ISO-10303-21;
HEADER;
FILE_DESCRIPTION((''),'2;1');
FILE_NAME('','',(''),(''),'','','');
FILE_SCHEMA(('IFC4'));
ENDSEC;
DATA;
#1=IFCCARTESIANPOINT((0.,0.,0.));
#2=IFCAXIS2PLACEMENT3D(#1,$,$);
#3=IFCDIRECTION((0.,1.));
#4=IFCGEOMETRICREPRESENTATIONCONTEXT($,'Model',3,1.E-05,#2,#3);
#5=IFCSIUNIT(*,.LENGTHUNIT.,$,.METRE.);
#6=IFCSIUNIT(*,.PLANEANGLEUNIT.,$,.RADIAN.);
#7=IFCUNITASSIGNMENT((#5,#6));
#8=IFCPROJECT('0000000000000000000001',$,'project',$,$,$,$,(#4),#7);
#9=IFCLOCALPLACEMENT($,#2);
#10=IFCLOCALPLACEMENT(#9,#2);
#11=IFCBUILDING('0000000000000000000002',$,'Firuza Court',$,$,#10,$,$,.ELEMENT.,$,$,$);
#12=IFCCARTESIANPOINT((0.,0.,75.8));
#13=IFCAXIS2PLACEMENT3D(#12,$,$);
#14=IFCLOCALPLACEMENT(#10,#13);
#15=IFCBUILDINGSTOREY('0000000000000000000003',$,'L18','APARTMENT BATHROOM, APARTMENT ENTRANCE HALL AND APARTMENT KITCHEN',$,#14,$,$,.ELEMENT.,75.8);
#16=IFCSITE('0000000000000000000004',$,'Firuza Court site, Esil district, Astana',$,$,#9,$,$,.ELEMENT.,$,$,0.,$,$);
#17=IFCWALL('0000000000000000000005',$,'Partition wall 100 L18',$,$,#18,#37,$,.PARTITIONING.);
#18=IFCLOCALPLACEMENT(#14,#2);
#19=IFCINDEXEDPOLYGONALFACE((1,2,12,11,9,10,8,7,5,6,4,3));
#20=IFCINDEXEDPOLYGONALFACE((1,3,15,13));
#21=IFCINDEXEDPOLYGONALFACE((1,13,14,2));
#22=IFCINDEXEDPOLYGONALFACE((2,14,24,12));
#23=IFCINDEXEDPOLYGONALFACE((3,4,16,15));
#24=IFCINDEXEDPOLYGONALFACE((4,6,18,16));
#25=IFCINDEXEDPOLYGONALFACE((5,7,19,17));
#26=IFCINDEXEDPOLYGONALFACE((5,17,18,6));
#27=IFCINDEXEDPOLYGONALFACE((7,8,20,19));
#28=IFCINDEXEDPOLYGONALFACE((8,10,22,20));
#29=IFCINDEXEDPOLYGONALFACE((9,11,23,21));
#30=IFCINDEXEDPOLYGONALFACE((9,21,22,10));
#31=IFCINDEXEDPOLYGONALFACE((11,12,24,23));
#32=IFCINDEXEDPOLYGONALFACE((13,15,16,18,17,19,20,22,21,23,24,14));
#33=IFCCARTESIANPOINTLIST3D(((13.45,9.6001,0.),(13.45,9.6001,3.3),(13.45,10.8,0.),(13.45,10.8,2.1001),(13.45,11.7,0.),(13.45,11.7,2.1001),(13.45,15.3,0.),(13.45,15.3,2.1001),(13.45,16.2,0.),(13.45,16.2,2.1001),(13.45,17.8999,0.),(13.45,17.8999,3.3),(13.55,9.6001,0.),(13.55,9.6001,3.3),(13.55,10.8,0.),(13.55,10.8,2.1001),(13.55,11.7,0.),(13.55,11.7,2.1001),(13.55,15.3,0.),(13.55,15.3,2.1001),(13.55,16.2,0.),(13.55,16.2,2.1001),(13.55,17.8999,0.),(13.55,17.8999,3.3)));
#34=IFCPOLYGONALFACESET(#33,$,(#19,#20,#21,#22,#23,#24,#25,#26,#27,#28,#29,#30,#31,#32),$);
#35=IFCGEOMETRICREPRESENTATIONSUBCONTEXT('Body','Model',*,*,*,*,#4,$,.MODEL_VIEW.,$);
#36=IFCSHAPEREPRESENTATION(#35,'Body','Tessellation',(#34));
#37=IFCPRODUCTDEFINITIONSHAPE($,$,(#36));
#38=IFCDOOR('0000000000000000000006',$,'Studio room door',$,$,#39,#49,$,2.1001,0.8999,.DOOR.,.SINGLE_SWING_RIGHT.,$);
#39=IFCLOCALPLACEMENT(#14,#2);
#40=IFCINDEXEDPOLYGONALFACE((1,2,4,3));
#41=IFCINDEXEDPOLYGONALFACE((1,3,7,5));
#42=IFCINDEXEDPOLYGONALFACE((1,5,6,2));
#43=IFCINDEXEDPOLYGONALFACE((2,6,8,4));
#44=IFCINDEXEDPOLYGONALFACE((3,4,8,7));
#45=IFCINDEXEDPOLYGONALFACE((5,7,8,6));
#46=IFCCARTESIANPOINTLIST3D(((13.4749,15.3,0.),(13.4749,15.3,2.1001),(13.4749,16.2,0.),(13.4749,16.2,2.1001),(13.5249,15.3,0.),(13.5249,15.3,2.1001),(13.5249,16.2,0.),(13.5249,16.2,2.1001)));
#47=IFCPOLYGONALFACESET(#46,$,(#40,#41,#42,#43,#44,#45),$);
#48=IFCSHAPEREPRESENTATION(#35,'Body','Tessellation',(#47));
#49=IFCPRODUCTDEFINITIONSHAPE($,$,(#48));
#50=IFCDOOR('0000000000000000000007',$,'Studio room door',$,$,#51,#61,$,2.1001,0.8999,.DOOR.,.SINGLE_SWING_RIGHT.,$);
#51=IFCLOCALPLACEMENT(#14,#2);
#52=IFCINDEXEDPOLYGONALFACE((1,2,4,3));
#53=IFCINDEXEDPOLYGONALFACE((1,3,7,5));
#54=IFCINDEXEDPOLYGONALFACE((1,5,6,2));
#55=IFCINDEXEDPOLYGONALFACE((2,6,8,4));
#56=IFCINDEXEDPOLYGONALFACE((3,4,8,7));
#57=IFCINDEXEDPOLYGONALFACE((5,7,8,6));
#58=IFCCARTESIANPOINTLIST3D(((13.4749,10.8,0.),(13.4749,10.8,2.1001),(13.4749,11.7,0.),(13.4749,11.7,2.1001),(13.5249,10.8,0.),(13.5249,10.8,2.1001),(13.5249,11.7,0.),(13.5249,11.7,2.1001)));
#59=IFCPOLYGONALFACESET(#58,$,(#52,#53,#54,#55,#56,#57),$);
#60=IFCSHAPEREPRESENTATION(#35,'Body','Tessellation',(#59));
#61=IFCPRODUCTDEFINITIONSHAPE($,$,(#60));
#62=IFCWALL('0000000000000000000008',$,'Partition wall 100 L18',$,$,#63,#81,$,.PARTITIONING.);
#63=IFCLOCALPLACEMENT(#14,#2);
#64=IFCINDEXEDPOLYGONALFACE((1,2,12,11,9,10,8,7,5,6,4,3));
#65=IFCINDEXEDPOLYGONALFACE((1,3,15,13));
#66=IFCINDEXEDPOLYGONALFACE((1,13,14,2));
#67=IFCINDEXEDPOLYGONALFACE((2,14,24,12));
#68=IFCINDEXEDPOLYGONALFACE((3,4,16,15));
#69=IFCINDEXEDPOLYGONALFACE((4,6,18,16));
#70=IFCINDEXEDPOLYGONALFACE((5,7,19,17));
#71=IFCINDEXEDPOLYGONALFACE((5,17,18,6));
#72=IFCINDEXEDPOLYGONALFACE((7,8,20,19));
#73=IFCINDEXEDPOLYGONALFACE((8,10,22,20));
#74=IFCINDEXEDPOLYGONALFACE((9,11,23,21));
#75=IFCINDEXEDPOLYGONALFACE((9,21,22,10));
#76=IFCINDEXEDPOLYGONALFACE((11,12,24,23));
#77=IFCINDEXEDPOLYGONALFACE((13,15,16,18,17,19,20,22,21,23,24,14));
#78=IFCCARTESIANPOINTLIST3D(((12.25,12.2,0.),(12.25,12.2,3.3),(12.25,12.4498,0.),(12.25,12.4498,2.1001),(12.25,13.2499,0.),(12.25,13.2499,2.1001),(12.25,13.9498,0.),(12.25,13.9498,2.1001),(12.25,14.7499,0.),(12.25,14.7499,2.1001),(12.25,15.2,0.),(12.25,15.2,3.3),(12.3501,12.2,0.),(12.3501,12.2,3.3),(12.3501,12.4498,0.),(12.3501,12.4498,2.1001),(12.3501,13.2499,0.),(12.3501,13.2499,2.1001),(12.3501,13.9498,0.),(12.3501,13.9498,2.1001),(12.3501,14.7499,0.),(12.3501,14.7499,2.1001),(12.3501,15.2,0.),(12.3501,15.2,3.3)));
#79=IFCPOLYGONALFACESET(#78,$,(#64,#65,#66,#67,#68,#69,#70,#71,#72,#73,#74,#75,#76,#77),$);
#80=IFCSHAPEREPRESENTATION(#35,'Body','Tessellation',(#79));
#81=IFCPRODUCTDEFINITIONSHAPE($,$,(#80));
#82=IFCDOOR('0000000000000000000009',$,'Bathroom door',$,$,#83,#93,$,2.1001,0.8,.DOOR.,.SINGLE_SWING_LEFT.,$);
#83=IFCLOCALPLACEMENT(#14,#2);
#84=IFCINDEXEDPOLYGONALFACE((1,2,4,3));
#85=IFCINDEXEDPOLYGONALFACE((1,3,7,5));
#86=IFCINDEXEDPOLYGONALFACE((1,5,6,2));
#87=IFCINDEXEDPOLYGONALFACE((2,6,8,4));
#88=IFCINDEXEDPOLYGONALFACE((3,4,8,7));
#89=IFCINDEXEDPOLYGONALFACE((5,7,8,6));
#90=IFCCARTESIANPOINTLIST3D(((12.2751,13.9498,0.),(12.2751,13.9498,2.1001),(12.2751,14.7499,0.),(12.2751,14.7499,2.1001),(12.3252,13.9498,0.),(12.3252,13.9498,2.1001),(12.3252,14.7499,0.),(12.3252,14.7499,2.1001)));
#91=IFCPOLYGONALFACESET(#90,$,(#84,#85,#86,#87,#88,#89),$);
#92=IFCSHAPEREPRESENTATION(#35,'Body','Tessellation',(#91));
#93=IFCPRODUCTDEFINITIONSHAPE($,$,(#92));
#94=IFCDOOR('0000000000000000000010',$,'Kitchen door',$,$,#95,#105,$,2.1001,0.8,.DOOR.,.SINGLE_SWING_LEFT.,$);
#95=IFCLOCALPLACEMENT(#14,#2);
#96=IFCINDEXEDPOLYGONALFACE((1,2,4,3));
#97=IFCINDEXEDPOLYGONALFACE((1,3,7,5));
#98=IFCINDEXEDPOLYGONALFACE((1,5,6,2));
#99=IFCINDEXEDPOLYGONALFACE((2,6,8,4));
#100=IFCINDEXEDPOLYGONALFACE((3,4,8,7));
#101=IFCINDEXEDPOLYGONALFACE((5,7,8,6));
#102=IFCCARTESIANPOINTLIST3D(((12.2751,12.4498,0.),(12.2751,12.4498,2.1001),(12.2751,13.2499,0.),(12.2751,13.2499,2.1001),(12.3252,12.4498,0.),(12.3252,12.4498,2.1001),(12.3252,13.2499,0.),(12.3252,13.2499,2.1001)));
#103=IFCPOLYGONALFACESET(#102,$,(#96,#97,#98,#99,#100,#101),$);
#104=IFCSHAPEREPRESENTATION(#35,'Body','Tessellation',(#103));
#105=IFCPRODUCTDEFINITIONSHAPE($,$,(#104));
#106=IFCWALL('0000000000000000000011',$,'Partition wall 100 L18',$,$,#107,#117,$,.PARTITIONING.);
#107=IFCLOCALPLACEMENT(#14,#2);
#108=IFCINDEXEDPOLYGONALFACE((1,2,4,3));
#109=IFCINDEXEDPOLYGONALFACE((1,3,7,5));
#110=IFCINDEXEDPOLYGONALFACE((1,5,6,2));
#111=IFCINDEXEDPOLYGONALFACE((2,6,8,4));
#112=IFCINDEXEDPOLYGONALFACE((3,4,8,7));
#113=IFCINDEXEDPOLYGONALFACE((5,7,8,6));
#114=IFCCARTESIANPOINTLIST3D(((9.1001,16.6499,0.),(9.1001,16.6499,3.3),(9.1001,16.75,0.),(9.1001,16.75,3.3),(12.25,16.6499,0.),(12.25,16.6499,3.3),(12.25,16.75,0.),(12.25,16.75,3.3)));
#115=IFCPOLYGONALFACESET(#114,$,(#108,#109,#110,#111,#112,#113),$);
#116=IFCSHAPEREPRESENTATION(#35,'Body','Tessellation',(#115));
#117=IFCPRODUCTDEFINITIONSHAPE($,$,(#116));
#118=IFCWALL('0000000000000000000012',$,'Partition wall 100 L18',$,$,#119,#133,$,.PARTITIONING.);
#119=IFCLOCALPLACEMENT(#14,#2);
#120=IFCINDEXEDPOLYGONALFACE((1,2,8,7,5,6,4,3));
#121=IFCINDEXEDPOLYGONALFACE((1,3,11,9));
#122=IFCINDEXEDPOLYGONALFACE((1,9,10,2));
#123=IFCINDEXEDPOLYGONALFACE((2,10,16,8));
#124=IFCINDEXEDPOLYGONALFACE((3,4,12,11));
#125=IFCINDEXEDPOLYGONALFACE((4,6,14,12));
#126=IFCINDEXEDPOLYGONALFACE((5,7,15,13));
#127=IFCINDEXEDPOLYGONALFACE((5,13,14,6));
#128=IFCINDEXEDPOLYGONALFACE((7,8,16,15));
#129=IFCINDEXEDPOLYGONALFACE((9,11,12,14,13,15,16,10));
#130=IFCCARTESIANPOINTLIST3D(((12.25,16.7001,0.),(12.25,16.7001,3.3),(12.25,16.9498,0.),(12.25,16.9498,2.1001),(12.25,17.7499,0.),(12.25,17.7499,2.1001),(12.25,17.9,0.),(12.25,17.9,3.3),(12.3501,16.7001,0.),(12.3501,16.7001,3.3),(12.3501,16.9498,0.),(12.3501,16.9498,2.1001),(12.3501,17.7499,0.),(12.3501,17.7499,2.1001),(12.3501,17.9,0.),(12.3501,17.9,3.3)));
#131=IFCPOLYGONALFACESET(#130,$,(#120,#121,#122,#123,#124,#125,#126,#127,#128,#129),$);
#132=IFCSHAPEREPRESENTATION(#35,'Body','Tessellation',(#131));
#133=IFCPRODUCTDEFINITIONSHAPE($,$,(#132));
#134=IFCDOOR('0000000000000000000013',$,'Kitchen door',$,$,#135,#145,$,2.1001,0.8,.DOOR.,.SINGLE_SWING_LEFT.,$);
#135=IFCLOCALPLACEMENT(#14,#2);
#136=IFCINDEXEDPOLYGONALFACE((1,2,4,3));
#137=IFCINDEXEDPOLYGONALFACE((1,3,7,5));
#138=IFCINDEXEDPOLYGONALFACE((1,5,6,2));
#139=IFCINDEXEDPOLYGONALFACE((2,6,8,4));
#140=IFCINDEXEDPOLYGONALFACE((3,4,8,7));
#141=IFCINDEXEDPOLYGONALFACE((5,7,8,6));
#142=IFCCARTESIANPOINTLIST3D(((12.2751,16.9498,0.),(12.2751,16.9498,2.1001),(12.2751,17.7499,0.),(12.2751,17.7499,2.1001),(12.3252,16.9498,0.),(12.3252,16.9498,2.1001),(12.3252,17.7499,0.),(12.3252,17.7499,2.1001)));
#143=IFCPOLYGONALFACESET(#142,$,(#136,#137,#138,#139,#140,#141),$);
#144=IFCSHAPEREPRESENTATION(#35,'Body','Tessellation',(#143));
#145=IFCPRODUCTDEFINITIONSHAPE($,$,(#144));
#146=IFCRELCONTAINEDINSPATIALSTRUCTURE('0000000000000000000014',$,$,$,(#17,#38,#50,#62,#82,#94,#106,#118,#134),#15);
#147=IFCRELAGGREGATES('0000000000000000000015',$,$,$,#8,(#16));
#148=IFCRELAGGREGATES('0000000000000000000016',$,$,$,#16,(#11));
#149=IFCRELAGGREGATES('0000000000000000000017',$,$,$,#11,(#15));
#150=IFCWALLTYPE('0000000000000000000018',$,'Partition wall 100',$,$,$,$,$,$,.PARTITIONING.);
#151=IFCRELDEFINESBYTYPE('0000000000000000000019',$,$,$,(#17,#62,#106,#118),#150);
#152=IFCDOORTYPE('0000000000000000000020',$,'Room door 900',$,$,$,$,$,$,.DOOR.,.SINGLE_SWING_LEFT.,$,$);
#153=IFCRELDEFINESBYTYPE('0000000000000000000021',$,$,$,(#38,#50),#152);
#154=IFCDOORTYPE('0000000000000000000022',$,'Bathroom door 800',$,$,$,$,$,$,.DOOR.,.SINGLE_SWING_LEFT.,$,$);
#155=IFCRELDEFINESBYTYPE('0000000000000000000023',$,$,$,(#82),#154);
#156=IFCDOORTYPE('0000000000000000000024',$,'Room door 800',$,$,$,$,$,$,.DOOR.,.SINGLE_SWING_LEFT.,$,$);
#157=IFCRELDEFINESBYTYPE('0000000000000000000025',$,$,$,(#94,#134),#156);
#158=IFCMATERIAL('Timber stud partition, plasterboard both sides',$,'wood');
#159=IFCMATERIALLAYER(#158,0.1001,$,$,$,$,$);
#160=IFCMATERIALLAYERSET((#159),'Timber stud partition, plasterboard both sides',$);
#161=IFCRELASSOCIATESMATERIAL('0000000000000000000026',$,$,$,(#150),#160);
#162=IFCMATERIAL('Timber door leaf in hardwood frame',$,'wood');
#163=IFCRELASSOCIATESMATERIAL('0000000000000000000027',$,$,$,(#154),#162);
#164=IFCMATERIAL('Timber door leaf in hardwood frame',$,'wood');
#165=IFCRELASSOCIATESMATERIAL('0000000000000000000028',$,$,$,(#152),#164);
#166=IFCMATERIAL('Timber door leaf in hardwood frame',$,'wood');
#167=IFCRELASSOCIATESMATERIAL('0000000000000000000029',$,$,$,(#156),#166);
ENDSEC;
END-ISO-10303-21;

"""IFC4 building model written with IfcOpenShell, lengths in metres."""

from ifc_helpers import new_model, si_unit, direction, frame, frame_2d, origin, place, context, subcontext, project, spatial, rectangle, extrude, material, layer, layer_set, type_object, element, fill, save


model = new_model("IFC4")

# Units and contexts
model_context = context("Model", 3, precision=1e-05, world=origin(), true_north=direction((0.0, 1.0)))
body_context = subcontext(model_context, "Body", "Model", "MODEL_VIEW")
ifc_project = project(units=[si_unit("LENGTHUNIT", "METRE"), si_unit("PLANEANGLEUNIT", "RADIAN")], contexts=[model_context])

# Site, building, storey
site_placement = place(None, origin())
site = spatial("IfcSite", under=ifc_project, at=site_placement, Name="Firuza Court site, Esil district, Astana", CompositionType="ELEMENT", RefElevation=0.0)
building_placement = place(site_placement, origin())
building = spatial("IfcBuilding", under=site, at=building_placement, Name="Firuza Court", CompositionType="ELEMENT")
storey_placement = place(building_placement, frame((0.0, 0.0, 75.8)))
storey = spatial("IfcBuildingStorey", under=building, at=storey_placement, Name="L18", Description="APARTMENT BATHROOM, APARTMENT ENTRANCE HALL AND APARTMENT KITCHEN", CompositionType="ELEMENT", Elevation=75.8)

# Shared definitions
ifc_material_1 = material(Name="Timber stud partition, plasterboard both sides", Category="wood")
ifc_layer_1 = layer(ifc_material_1, 0.1001)
ifc_layer_set_1 = layer_set([ifc_layer_1], Name="Timber stud partition, plasterboard both sides")
wall_type_1 = type_object("IfcWallType", Name="Partition wall 100", PredefinedType="PARTITIONING", material=ifc_layer_set_1)
ifc_material_2 = material(Name="Timber door leaf in hardwood frame", Category="wood")
door_type_1 = type_object("IfcDoorType", Name="Bathroom door 800", OperationType="SINGLE_SWING_LEFT", PredefinedType="DOOR", material=ifc_material_2)

# Walls, openings, doors
wall_1_placement = place(storey_placement, frame((13.5, 9.6001, 0.0), z_axis=(0.0, 0.0, 1.0), x_axis=(0.0, 1.0, 0.0)))
wall_1 = element("IfcWall", 1, at=wall_1_placement, inside=storey, type_object=wall_type_1, Name="Partition wall 100 L18", PredefinedType="PARTITIONING", context=body_context, shape_type="SweptSolid", body=[
    extrude(rectangle(XDim=8.2998, YDim=0.1001, at=frame_2d((4.1499, 0.0))), origin(), (0.0, 0.0, 1.0), 3.3),
])
opening_1_placement = place(wall_1_placement, frame((5.7, 0.0, 0.0)))
opening_1 = element("IfcOpeningElement", 2, at=opening_1_placement, cuts=wall_1, PredefinedType="OPENING", context=body_context, shape_type="SweptSolid", body=[
    extrude(rectangle(XDim=0.8999, YDim=2.1001, at=frame_2d((0.45, 1.05))), frame((0.0, 0.062, 0.0), z_axis=(0.0, -1.0, 0.0), x_axis=(1.0, 0.0, 0.0)), (0.0, 0.0, 1.0), 0.124),
])
opening_2_placement = place(wall_1_placement, frame((1.2, 0.0, 0.0)))
opening_2 = element("IfcOpeningElement", 3, at=opening_2_placement, cuts=wall_1, PredefinedType="OPENING", context=body_context, shape_type="SweptSolid", body=[
    extrude(rectangle(XDim=0.8999, YDim=2.1001, at=frame_2d((0.45, 1.05))), frame((0.0, 0.062, 0.0), z_axis=(0.0, -1.0, 0.0), x_axis=(1.0, 0.0, 0.0)), (0.0, 0.0, 1.0), 0.124),
])
ifc_material_3 = material(Name="Timber door leaf in hardwood frame", Category="wood")
door_type_2 = type_object("IfcDoorType", Name="Room door 900", OperationType="SINGLE_SWING_LEFT", PredefinedType="DOOR", material=ifc_material_3)
door_1_placement = place(opening_1_placement, frame((0.8999, 0.0, 0.0), z_axis=(0.0, 0.0, 1.0), x_axis=(-1.0, 0.0, 0.0)))
door_1 = element("IfcDoor", 4, at=door_1_placement, inside=storey, type_object=door_type_2, Name="Studio room door", OperationType="SINGLE_SWING_RIGHT", OverallHeight=2.1001, OverallWidth=0.8999, PredefinedType="DOOR", context=body_context, shape_type="SweptSolid", body=[
    extrude(rectangle(XDim=0.8999, YDim=2.1001, at=frame_2d((0.45, 1.05))), frame((0.0, 0.0249, 0.0), z_axis=(0.0, -1.0, 0.0), x_axis=(1.0, 0.0, 0.0)), (0.0, 0.0, 1.0), 0.05),
])
fill(opening_1, door_1)
door_2_placement = place(opening_2_placement, frame((0.8999, 0.0, 0.0), z_axis=(0.0, 0.0, 1.0), x_axis=(-1.0, 0.0, 0.0)))
door_2 = element("IfcDoor", 5, at=door_2_placement, inside=storey, type_object=door_type_2, Name="Studio room door", OperationType="SINGLE_SWING_RIGHT", OverallHeight=2.1001, OverallWidth=0.8999, PredefinedType="DOOR", context=body_context, shape_type="SweptSolid", body=[
    extrude(rectangle(XDim=0.8999, YDim=2.1001, at=frame_2d((0.45, 1.05))), frame((0.0, 0.0249, 0.0), z_axis=(0.0, -1.0, 0.0), x_axis=(1.0, 0.0, 0.0)), (0.0, 0.0, 1.0), 0.05),
])
fill(opening_2, door_2)
wall_2_placement = place(storey_placement, frame((12.3, 12.2, 0.0), z_axis=(0.0, 0.0, 1.0), x_axis=(0.0, 1.0, 0.0)))
wall_2 = element("IfcWall", 6, at=wall_2_placement, inside=storey, type_object=wall_type_1, Name="Partition wall 100 L18", PredefinedType="PARTITIONING", context=body_context, shape_type="SweptSolid", body=[
    extrude(rectangle(XDim=3.0, YDim=0.1001, at=frame_2d((1.5, 0.0))), origin(), (0.0, 0.0, 1.0), 3.3),
])
opening_3_placement = place(wall_2_placement, frame((1.75, 0.0, 0.0)))
opening_3 = element("IfcOpeningElement", 7, at=opening_3_placement, cuts=wall_2, PredefinedType="OPENING", context=body_context, shape_type="SweptSolid", body=[
    extrude(rectangle(XDim=0.8, YDim=2.1001, at=frame_2d((0.3999, 1.05))), frame((0.0, 0.062, 0.0), z_axis=(0.0, -1.0, 0.0), x_axis=(1.0, 0.0, 0.0)), (0.0, 0.0, 1.0), 0.124),
])
opening_4_placement = place(wall_2_placement, frame((0.25, 0.0, 0.0)))
opening_4 = element("IfcOpeningElement", 8, at=opening_4_placement, cuts=wall_2, PredefinedType="OPENING", context=body_context, shape_type="SweptSolid", body=[
    extrude(rectangle(XDim=0.8, YDim=2.1001, at=frame_2d((0.3999, 1.05))), frame((0.0, 0.062, 0.0), z_axis=(0.0, -1.0, 0.0), x_axis=(1.0, 0.0, 0.0)), (0.0, 0.0, 1.0), 0.124),
])
door_3_placement = place(opening_3_placement, origin())
door_3 = element("IfcDoor", 9, at=door_3_placement, inside=storey, type_object=door_type_1, Name="Bathroom door", OperationType="SINGLE_SWING_LEFT", OverallHeight=2.1001, OverallWidth=0.8, PredefinedType="DOOR", context=body_context, shape_type="SweptSolid", body=[
    extrude(rectangle(XDim=0.8, YDim=2.1001, at=frame_2d((0.3999, 1.05))), frame((0.0, 0.0249, 0.0), z_axis=(0.0, -1.0, 0.0), x_axis=(1.0, 0.0, 0.0)), (0.0, 0.0, 1.0), 0.05),
])
fill(opening_3, door_3)
ifc_material_4 = material(Name="Timber door leaf in hardwood frame", Category="wood")
door_type_3 = type_object("IfcDoorType", Name="Room door 800", OperationType="SINGLE_SWING_LEFT", PredefinedType="DOOR", material=ifc_material_4)
door_4_placement = place(opening_4_placement, origin())
door_4 = element("IfcDoor", 10, at=door_4_placement, inside=storey, type_object=door_type_3, Name="Kitchen door", OperationType="SINGLE_SWING_LEFT", OverallHeight=2.1001, OverallWidth=0.8, PredefinedType="DOOR", context=body_context, shape_type="SweptSolid", body=[
    extrude(rectangle(XDim=0.8, YDim=2.1001, at=frame_2d((0.3999, 1.05))), frame((0.0, 0.0249, 0.0), z_axis=(0.0, -1.0, 0.0), x_axis=(1.0, 0.0, 0.0)), (0.0, 0.0, 1.0), 0.05),
])
fill(opening_4, door_4)

# Wall
wall_3_placement = place(storey_placement, frame((9.1001, 16.7, 0.0), z_axis=(0.0, 0.0, 1.0), x_axis=(1.0, 0.0, 0.0)))
element("IfcWall", 11, at=wall_3_placement, inside=storey, type_object=wall_type_1, Name="Partition wall 100 L18", PredefinedType="PARTITIONING", context=body_context, shape_type="SweptSolid", body=[
    extrude(rectangle(XDim=3.1499, YDim=0.1001, at=frame_2d((1.575, 0.0))), origin(), (0.0, 0.0, 1.0), 3.3),
])

# Wall, opening, door
wall_4_placement = place(storey_placement, frame((12.3, 16.7, 0.0), z_axis=(0.0, 0.0, 1.0), x_axis=(0.0, 1.0, 0.0)))
wall_4 = element("IfcWall", 12, at=wall_4_placement, inside=storey, type_object=wall_type_1, Name="Partition wall 100 L18", PredefinedType="PARTITIONING", context=body_context, shape_type="SweptSolid", body=[
    extrude(rectangle(XDim=1.2, YDim=0.1001, at=frame_2d((0.6001, 0.0))), origin(), (0.0, 0.0, 1.0), 3.3),
])
opening_5_placement = place(wall_4_placement, frame((0.25, 0.0, 0.0)))
opening_5 = element("IfcOpeningElement", 13, at=opening_5_placement, cuts=wall_4, PredefinedType="OPENING", context=body_context, shape_type="SweptSolid", body=[
    extrude(rectangle(XDim=0.8, YDim=2.1001, at=frame_2d((0.3999, 1.05))), frame((0.0, 0.062, 0.0), z_axis=(0.0, -1.0, 0.0), x_axis=(1.0, 0.0, 0.0)), (0.0, 0.0, 1.0), 0.124),
])
door_5_placement = place(opening_5_placement, origin())
door_5 = element("IfcDoor", 14, at=door_5_placement, inside=storey, type_object=door_type_3, Name="Kitchen door", OperationType="SINGLE_SWING_LEFT", OverallHeight=2.1001, OverallWidth=0.8, PredefinedType="DOOR", context=body_context, shape_type="SweptSolid", body=[
    extrude(rectangle(XDim=0.8, YDim=2.1001, at=frame_2d((0.3999, 1.05))), frame((0.0, 0.0249, 0.0), z_axis=(0.0, -1.0, 0.0), x_axis=(1.0, 0.0, 0.0)), (0.0, 0.0, 1.0), 0.05),
])
fill(opening_5, door_5)

save(model, "model.ifc")
